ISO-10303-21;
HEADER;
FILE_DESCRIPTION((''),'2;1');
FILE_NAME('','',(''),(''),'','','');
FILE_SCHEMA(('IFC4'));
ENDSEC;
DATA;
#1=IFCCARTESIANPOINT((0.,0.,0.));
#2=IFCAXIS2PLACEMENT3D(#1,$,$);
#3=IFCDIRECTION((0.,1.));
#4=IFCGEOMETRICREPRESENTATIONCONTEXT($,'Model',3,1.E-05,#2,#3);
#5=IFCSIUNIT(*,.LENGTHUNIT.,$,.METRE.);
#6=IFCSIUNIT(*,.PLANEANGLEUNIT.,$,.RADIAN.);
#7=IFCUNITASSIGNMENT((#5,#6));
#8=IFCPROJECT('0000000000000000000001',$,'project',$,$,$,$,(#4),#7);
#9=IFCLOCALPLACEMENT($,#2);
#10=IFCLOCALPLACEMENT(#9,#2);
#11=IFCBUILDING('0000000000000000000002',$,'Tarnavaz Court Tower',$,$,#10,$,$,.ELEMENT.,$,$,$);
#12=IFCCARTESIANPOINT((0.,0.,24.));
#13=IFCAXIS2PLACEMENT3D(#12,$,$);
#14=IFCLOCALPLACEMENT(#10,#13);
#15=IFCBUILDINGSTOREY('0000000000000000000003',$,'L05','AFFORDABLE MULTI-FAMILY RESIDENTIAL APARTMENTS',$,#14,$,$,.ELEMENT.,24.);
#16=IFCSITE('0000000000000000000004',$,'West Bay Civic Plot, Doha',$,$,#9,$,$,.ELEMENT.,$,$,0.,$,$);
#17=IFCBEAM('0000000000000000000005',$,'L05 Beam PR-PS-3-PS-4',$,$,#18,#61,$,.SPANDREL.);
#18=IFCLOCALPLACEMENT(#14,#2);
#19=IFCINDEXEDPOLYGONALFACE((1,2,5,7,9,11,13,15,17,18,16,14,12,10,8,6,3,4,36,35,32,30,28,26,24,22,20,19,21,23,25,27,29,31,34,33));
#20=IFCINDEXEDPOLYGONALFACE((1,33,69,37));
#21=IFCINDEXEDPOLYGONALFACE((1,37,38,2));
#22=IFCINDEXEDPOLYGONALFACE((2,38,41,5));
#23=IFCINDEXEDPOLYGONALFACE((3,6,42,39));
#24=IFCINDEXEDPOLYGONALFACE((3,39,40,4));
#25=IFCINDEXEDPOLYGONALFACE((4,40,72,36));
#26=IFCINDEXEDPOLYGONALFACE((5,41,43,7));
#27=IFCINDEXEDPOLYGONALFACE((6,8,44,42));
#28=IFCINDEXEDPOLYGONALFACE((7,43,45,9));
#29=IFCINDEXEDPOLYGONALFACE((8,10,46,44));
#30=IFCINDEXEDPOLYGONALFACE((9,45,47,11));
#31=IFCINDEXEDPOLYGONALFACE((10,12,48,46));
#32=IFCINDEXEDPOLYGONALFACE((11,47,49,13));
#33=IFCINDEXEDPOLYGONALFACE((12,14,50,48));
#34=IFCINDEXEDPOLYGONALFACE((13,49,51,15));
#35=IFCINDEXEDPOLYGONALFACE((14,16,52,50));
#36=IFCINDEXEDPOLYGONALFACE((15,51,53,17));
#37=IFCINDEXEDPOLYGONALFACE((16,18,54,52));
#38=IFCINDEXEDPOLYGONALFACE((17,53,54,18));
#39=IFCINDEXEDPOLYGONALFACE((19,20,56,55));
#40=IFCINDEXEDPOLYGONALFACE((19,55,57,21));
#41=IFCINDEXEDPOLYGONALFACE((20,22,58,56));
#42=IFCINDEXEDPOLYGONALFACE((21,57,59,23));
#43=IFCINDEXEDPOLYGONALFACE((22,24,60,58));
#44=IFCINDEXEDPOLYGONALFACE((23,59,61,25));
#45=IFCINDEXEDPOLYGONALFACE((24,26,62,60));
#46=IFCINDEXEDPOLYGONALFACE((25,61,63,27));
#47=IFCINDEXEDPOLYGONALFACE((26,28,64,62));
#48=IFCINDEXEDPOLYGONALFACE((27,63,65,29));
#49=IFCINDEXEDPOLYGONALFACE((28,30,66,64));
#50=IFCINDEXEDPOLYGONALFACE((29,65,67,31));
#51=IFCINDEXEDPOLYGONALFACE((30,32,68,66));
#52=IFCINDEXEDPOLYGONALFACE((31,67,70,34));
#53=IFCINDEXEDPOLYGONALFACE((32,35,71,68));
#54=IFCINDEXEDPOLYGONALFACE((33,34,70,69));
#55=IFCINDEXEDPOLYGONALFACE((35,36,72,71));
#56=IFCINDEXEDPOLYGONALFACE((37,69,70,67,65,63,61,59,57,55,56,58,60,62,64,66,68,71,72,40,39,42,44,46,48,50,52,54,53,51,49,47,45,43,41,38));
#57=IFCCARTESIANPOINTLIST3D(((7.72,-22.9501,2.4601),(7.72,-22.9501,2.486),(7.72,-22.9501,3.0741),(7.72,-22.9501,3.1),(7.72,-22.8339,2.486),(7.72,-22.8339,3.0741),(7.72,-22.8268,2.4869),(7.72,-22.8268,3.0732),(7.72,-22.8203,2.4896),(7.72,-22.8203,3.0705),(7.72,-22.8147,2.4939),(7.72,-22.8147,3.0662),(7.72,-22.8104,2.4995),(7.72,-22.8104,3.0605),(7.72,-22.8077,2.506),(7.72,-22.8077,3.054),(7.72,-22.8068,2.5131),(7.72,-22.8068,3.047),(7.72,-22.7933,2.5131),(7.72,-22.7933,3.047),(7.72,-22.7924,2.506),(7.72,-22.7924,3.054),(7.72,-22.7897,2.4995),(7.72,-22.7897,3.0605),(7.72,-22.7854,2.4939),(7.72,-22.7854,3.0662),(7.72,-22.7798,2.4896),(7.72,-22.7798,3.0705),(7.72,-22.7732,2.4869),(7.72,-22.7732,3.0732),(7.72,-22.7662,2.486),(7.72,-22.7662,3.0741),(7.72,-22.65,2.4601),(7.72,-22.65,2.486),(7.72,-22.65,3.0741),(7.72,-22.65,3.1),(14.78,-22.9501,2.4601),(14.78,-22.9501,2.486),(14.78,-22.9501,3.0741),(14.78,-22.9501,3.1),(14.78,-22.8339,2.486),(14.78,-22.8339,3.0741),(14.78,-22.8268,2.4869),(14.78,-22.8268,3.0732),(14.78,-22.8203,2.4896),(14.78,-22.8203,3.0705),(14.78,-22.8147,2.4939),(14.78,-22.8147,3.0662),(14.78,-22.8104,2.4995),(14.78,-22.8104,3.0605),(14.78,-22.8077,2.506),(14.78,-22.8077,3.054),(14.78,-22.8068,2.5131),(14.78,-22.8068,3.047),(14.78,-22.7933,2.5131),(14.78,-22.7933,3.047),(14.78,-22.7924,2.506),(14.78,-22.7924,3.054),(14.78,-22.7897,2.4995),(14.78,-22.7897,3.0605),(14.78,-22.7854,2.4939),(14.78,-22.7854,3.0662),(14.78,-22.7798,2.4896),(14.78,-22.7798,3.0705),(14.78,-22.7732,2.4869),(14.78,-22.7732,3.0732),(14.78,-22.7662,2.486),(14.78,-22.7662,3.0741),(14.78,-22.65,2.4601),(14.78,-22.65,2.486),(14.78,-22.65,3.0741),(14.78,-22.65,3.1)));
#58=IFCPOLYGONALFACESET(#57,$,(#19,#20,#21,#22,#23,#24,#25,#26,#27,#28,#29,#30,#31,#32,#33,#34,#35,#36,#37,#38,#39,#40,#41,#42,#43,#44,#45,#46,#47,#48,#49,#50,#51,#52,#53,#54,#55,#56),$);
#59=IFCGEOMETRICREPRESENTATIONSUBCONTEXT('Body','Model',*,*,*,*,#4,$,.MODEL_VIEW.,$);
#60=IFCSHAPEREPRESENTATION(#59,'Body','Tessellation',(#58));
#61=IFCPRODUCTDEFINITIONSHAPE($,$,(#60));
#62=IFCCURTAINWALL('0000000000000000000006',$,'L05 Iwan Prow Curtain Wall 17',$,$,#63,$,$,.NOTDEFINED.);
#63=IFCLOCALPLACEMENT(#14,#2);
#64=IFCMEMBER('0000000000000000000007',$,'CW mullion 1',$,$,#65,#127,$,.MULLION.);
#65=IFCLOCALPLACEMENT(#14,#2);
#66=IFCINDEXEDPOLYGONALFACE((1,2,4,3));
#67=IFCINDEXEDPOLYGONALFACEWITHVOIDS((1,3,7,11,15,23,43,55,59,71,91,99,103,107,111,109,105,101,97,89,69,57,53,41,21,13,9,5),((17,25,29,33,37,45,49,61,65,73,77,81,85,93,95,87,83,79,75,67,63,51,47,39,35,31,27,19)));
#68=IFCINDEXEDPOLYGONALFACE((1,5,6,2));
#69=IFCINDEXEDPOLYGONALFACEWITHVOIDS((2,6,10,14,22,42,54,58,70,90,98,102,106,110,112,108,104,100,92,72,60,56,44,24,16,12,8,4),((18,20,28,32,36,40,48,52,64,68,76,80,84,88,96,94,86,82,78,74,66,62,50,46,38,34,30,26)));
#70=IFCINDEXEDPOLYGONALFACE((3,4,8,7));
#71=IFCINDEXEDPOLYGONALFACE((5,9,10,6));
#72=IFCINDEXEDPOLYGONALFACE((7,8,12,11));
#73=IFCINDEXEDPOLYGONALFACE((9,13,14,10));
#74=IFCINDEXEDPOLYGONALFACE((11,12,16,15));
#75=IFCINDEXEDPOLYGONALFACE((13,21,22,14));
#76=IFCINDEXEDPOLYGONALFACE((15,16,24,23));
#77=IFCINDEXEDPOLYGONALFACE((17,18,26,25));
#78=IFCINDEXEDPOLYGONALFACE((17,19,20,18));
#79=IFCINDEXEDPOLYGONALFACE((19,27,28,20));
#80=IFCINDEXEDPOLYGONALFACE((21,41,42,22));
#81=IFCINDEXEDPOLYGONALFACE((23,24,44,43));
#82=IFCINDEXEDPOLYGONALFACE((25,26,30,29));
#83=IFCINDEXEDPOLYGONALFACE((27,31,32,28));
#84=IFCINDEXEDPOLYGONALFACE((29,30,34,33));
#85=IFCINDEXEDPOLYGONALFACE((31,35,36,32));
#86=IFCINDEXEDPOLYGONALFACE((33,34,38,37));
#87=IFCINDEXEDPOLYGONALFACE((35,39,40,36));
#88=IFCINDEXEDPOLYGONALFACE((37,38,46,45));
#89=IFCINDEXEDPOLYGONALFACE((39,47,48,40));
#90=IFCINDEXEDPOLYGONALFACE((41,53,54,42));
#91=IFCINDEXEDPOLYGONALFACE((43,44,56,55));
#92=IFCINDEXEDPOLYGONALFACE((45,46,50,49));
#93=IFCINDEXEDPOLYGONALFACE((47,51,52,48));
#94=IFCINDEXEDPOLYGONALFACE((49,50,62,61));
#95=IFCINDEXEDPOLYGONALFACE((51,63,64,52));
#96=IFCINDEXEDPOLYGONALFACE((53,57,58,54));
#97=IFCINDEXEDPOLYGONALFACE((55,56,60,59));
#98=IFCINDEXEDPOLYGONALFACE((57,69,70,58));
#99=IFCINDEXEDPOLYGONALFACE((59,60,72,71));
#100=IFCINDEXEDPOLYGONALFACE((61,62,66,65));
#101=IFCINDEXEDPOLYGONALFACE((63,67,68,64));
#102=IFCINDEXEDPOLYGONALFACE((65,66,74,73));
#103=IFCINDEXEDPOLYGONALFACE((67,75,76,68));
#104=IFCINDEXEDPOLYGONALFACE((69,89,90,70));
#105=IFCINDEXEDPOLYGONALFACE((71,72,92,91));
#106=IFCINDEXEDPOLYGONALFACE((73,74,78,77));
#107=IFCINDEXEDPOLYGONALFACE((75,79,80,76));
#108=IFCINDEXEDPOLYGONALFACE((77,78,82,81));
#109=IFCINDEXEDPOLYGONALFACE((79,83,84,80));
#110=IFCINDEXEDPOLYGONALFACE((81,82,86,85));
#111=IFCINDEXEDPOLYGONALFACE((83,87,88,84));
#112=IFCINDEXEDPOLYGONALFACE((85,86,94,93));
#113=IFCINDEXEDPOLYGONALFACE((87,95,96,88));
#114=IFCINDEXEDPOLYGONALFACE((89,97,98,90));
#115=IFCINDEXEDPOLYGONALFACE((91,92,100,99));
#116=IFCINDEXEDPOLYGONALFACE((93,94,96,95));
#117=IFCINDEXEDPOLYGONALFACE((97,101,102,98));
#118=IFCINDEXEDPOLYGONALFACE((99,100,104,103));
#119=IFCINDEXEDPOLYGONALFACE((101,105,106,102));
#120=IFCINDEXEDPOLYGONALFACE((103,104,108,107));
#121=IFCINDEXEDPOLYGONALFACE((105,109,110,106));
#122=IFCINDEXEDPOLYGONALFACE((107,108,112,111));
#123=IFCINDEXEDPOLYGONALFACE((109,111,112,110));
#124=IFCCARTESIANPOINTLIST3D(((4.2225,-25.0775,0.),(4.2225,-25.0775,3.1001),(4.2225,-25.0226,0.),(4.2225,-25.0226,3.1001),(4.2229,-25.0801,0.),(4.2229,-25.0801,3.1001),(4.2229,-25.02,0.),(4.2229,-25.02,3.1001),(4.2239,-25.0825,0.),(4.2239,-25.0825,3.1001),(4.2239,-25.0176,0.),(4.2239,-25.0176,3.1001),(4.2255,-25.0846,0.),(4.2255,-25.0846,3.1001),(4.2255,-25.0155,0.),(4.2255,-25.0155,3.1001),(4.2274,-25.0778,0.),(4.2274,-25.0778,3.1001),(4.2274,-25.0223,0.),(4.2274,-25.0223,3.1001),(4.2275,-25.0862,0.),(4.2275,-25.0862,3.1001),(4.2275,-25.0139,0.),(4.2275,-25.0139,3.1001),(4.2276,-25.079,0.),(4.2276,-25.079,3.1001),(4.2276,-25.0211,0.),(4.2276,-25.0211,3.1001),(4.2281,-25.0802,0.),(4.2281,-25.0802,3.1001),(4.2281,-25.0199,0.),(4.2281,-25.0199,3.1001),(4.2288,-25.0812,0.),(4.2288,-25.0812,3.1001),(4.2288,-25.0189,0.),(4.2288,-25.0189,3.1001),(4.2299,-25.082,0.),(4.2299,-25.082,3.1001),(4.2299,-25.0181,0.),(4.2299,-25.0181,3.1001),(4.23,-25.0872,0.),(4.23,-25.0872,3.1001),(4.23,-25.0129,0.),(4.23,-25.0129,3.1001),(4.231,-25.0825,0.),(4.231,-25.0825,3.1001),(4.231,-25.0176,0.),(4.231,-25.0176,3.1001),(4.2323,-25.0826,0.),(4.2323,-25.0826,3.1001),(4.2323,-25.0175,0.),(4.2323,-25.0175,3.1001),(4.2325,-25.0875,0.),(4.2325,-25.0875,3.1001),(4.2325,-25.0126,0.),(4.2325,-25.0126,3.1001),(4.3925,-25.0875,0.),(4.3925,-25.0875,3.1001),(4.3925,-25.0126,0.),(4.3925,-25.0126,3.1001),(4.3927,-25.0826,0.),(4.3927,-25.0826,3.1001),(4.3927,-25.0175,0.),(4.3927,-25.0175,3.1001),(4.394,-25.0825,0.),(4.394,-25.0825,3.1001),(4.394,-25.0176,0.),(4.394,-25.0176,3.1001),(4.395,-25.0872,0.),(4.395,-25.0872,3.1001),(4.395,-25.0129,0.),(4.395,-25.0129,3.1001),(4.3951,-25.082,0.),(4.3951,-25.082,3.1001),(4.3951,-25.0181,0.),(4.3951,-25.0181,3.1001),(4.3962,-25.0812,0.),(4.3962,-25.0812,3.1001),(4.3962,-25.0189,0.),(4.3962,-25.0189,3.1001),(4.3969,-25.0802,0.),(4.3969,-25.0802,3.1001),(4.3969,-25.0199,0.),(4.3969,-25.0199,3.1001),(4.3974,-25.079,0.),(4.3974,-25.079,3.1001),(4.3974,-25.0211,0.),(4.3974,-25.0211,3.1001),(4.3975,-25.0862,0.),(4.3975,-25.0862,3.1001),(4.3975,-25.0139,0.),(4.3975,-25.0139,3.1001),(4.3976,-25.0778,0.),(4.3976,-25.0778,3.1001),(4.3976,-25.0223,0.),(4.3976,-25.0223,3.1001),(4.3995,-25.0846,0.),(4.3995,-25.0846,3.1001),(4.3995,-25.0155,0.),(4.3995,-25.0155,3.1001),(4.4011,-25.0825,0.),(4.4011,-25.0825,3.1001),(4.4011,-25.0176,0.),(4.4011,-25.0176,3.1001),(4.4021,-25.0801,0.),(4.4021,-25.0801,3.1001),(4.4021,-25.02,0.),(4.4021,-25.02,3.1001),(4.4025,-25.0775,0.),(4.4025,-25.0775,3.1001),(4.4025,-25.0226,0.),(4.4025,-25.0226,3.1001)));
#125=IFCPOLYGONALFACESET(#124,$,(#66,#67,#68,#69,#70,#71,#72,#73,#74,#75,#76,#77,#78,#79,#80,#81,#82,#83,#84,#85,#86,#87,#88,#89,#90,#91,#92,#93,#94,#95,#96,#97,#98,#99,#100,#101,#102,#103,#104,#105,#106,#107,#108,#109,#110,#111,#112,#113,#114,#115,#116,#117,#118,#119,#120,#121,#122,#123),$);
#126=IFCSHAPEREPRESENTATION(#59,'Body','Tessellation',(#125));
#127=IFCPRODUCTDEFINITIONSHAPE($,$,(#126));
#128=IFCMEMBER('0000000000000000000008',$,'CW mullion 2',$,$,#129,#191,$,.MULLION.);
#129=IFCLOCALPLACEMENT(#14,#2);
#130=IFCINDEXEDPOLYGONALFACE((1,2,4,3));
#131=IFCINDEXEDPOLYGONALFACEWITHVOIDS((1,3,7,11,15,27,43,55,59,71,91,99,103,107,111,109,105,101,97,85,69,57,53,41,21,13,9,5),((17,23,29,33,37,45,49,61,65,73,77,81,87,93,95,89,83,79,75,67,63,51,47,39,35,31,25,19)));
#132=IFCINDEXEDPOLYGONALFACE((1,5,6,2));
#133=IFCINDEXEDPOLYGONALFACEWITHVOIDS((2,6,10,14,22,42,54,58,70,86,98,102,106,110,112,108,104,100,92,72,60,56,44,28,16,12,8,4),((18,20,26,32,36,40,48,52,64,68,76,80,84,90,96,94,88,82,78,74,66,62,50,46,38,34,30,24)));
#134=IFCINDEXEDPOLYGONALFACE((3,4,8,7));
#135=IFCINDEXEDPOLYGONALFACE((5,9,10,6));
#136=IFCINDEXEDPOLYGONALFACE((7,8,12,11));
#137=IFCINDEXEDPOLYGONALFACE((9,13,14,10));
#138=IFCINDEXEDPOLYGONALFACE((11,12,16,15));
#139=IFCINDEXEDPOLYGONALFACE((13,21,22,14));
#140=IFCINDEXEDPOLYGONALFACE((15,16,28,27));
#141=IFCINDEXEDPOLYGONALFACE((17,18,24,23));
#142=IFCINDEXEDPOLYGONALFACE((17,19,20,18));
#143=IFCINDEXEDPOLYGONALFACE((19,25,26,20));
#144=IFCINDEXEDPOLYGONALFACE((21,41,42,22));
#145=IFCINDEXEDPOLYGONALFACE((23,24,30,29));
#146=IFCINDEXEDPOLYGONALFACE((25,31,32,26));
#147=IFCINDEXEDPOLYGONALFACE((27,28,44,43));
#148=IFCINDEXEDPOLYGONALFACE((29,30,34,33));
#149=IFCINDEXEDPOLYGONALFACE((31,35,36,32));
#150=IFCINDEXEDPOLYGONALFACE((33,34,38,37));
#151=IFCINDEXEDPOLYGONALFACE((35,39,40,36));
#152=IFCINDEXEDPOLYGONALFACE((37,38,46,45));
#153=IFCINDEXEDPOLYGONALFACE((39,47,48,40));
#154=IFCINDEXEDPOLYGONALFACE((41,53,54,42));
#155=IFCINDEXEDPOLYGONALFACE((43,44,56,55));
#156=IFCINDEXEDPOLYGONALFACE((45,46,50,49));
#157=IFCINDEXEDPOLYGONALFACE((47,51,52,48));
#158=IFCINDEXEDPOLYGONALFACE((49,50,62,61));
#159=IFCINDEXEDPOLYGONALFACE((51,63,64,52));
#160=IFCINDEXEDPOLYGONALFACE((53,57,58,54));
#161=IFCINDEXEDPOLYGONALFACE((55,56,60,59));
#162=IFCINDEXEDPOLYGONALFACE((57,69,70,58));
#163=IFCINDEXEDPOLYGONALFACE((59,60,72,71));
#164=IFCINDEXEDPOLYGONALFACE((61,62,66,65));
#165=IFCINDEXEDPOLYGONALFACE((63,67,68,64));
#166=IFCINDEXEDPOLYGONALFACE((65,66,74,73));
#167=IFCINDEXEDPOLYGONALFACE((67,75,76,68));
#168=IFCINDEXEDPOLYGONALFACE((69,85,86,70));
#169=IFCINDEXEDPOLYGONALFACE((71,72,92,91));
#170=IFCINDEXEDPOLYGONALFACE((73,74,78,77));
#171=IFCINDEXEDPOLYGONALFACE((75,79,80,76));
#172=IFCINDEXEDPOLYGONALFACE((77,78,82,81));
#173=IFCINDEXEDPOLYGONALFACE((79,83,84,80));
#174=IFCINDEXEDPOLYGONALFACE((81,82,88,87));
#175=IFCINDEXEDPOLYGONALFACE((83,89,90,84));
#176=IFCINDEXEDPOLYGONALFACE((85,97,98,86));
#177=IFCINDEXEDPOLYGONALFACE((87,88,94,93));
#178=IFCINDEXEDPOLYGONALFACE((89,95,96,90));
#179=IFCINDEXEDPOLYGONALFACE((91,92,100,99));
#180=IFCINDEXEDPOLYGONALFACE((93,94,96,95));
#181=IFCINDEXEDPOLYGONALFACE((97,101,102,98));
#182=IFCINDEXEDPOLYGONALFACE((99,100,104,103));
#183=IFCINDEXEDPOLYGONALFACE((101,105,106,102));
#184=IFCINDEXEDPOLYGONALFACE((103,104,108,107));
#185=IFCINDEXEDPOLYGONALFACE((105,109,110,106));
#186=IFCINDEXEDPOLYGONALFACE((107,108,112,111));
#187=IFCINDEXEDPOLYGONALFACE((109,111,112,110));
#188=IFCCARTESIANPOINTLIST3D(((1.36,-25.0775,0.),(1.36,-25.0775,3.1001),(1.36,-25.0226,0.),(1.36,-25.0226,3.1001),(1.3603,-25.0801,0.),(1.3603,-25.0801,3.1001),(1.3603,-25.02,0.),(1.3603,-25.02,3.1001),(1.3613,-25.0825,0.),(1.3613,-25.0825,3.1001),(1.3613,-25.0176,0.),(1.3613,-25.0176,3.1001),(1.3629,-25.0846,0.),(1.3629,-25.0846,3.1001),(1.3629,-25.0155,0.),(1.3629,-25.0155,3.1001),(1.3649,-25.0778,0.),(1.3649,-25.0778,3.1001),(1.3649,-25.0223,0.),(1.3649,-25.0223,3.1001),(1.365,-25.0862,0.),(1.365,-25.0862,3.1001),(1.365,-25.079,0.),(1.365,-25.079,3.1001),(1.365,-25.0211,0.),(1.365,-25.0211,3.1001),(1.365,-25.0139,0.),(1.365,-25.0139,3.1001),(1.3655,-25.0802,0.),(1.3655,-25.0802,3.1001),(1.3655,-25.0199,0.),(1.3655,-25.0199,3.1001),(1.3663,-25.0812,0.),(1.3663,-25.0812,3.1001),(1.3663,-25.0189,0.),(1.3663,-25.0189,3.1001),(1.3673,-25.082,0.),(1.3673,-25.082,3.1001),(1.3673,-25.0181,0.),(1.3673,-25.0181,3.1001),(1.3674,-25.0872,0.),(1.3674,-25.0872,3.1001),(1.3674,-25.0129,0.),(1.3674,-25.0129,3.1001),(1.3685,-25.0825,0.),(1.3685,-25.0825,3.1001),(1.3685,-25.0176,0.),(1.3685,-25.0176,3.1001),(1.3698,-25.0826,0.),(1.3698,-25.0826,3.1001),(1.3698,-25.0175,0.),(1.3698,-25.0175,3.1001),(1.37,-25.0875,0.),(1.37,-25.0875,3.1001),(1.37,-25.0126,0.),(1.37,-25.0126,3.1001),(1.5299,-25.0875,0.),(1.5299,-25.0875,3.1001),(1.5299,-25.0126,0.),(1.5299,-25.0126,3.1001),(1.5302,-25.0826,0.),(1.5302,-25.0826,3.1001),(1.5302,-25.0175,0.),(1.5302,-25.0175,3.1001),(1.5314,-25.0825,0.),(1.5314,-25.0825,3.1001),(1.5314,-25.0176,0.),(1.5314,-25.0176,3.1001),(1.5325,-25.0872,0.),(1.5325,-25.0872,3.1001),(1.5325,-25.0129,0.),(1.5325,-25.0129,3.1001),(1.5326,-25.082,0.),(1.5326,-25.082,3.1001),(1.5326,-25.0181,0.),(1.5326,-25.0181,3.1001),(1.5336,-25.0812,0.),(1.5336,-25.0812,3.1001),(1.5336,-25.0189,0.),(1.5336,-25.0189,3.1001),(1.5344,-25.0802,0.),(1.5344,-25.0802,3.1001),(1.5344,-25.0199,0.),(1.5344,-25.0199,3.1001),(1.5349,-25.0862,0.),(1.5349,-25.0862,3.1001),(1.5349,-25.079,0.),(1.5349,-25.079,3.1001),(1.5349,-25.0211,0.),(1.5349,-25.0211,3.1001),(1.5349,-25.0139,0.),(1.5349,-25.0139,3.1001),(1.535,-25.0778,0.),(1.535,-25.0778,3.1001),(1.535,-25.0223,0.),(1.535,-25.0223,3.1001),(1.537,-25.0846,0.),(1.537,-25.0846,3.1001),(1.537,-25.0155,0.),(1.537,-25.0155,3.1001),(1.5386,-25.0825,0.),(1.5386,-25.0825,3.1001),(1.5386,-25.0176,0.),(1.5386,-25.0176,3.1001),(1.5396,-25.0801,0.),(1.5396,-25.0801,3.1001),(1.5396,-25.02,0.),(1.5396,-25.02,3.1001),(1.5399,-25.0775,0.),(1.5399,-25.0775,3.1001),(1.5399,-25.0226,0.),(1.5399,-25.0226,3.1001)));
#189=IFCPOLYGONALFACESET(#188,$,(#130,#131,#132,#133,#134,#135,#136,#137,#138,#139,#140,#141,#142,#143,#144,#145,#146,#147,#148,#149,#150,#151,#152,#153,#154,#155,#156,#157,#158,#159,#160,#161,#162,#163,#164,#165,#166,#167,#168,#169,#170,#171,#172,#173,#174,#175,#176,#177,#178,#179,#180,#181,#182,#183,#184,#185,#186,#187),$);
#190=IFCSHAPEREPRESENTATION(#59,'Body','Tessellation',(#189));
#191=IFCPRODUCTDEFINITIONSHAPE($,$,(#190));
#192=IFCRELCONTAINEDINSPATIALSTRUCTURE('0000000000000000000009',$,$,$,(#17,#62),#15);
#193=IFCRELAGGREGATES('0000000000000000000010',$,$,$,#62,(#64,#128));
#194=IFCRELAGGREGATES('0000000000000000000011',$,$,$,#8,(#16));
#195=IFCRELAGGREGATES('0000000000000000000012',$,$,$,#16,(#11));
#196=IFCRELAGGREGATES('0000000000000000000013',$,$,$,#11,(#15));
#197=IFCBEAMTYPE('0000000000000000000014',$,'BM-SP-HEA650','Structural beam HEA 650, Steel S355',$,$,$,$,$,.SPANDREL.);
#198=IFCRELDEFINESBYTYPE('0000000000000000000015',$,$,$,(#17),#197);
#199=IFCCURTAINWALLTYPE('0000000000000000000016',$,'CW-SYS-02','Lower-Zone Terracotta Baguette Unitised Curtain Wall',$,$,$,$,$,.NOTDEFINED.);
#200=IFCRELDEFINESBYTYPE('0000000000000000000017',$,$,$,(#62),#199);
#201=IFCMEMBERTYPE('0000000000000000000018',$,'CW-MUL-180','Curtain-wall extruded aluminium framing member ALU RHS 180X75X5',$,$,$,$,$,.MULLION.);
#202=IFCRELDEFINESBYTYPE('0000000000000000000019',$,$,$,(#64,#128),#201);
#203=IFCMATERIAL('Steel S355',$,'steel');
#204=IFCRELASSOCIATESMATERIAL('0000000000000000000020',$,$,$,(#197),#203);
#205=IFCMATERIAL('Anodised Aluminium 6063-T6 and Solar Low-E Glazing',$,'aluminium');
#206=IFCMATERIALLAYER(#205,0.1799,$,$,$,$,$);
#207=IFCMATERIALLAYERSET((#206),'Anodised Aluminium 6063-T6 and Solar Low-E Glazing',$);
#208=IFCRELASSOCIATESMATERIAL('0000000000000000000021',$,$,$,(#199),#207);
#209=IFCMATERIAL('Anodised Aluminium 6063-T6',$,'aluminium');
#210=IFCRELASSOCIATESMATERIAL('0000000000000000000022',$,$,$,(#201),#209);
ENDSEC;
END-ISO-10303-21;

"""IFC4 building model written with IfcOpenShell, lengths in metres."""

from ifc_helpers import new_model, si_unit, direction, frame, origin, origin_2d, place, context, subcontext, project, spatial, hollow_rectangle, i_section, extrude, material, layer, layer_set, material_profile, profile_set, type_object, element, aggregate, save


model = new_model("IFC4")

# Units and contexts
model_context = context("Model", 3, precision=1e-05, world=origin(), true_north=direction((0.0, 1.0)))
body_context = subcontext(model_context, "Body", "Model", "MODEL_VIEW")
ifc_project = project(units=[si_unit("LENGTHUNIT", "METRE"), si_unit("PLANEANGLEUNIT", "RADIAN")], contexts=[model_context])

# Site, building, storey
site_placement = place(None, origin())
site = spatial("IfcSite", under=ifc_project, at=site_placement, Name="West Bay Civic Plot, Doha", CompositionType="ELEMENT", RefElevation=0.0)
building_placement = place(site_placement, origin())
building = spatial("IfcBuilding", under=site, at=building_placement, Name="Tarnavaz Court Tower", CompositionType="ELEMENT")
storey_placement = place(building_placement, frame((0.0, 0.0, 24.0)))
storey = spatial("IfcBuildingStorey", under=building, at=storey_placement, Name="L05", Description="AFFORDABLE MULTI-FAMILY RESIDENTIAL APARTMENTS", CompositionType="ELEMENT", Elevation=24.0)

# Beam
ifc_material_1 = material(Name="Steel S355", Category="steel")
ifc_material_profile_1 = material_profile(ifc_material_1, i_section(OverallWidth=0.3, OverallDepth=0.6399, WebThickness=0.0134, FlangeThickness=0.0259, FilletRadius=0.0271, at=origin_2d()), Name="HEA 650")
ifc_profile_set_1 = profile_set([ifc_material_profile_1], Name="Steel S355")
beam_type_1 = type_object("IfcBeamType", Name="BM-SP-HEA650", Description="Structural beam HEA 650, Steel S355", PredefinedType="SPANDREL", material=ifc_profile_set_1)
beam_placement = place(storey_placement, frame((7.72, -22.8, 2.78), z_axis=(1.0, 0.0, 0.0), x_axis=(0.0, 1.0, 0.0)))
element("IfcBeam", 1, at=beam_placement, inside=storey, type_object=beam_type_1, Name="L05 Beam PR-PS-3-PS-4", PredefinedType="SPANDREL", context=body_context, shape_type="SweptSolid", body=[
    extrude(i_section(OverallWidth=0.3, OverallDepth=0.6399, WebThickness=0.0134, FlangeThickness=0.0259, FilletRadius=0.0271, at=origin_2d()), origin(), (0.0, 0.0, 1.0), 7.0601),
])

# Curtain wall, members
ifc_material_2 = material(Name="Anodised Aluminium 6063-T6 and Solar Low-E Glazing", Category="aluminium")
ifc_layer_1 = layer(ifc_material_2, 0.1799)
ifc_layer_set_1 = layer_set([ifc_layer_1], Name="Anodised Aluminium 6063-T6 and Solar Low-E Glazing")
curtain_wall_type = type_object("IfcCurtainWallType", Name="CW-SYS-02", Description="Lower-Zone Terracotta Baguette Unitised Curtain Wall", PredefinedType="NOTDEFINED", material=ifc_layer_set_1)
curtain_wall_placement = place(storey_placement, origin())
curtain_wall = element("IfcCurtainWall", 2, at=curtain_wall_placement, inside=storey, type_object=curtain_wall_type, Name="L05 Iwan Prow Curtain Wall 17", PredefinedType="NOTDEFINED")
ifc_material_3 = material(Name="Anodised Aluminium 6063-T6", Category="aluminium")
ifc_material_profile_2 = material_profile(ifc_material_3, hollow_rectangle(XDim=0.075, YDim=0.1799, WallThickness=0.0049, InnerFilletRadius=0.0049, OuterFilletRadius=0.01, at=origin_2d()), Name="ALU RHS 180X75X5")
ifc_profile_set_2 = profile_set([ifc_material_profile_2], Name="Anodised Aluminium 6063-T6")
member_type_1 = type_object("IfcMemberType", Name="CW-MUL-180", Description="Curtain-wall extruded aluminium framing member ALU RHS 180X75X5", PredefinedType="MULLION", material=ifc_profile_set_2)
member_1_placement = place(storey_placement, frame((4.3125, -25.05, 0.0), z_axis=(0.0, 0.0, 1.0), x_axis=(0.0, -1.0, 0.0)))
member_1 = element("IfcMember", 3, at=member_1_placement, type_object=member_type_1, Name="CW mullion 1", PredefinedType="MULLION", context=body_context, shape_type="SweptSolid", body=[
    extrude(hollow_rectangle(XDim=0.075, YDim=0.1799, WallThickness=0.0049, InnerFilletRadius=0.0049, OuterFilletRadius=0.01, at=origin_2d()), origin(), (0.0, 0.0, 1.0), 3.1001),
])
member_2_placement = place(storey_placement, frame((1.45, -25.05, 0.0), z_axis=(0.0, 0.0, 1.0), x_axis=(0.0, -1.0, 0.0)))
member_2 = element("IfcMember", 4, at=member_2_placement, type_object=member_type_1, Name="CW mullion 2", PredefinedType="MULLION", context=body_context, shape_type="SweptSolid", body=[
    extrude(hollow_rectangle(XDim=0.075, YDim=0.1799, WallThickness=0.0049, InnerFilletRadius=0.0049, OuterFilletRadius=0.01, at=origin_2d()), origin(), (0.0, 0.0, 1.0), 3.1001),
])
aggregate(curtain_wall, [member_1, member_2])

save(model, "model.ifc")
